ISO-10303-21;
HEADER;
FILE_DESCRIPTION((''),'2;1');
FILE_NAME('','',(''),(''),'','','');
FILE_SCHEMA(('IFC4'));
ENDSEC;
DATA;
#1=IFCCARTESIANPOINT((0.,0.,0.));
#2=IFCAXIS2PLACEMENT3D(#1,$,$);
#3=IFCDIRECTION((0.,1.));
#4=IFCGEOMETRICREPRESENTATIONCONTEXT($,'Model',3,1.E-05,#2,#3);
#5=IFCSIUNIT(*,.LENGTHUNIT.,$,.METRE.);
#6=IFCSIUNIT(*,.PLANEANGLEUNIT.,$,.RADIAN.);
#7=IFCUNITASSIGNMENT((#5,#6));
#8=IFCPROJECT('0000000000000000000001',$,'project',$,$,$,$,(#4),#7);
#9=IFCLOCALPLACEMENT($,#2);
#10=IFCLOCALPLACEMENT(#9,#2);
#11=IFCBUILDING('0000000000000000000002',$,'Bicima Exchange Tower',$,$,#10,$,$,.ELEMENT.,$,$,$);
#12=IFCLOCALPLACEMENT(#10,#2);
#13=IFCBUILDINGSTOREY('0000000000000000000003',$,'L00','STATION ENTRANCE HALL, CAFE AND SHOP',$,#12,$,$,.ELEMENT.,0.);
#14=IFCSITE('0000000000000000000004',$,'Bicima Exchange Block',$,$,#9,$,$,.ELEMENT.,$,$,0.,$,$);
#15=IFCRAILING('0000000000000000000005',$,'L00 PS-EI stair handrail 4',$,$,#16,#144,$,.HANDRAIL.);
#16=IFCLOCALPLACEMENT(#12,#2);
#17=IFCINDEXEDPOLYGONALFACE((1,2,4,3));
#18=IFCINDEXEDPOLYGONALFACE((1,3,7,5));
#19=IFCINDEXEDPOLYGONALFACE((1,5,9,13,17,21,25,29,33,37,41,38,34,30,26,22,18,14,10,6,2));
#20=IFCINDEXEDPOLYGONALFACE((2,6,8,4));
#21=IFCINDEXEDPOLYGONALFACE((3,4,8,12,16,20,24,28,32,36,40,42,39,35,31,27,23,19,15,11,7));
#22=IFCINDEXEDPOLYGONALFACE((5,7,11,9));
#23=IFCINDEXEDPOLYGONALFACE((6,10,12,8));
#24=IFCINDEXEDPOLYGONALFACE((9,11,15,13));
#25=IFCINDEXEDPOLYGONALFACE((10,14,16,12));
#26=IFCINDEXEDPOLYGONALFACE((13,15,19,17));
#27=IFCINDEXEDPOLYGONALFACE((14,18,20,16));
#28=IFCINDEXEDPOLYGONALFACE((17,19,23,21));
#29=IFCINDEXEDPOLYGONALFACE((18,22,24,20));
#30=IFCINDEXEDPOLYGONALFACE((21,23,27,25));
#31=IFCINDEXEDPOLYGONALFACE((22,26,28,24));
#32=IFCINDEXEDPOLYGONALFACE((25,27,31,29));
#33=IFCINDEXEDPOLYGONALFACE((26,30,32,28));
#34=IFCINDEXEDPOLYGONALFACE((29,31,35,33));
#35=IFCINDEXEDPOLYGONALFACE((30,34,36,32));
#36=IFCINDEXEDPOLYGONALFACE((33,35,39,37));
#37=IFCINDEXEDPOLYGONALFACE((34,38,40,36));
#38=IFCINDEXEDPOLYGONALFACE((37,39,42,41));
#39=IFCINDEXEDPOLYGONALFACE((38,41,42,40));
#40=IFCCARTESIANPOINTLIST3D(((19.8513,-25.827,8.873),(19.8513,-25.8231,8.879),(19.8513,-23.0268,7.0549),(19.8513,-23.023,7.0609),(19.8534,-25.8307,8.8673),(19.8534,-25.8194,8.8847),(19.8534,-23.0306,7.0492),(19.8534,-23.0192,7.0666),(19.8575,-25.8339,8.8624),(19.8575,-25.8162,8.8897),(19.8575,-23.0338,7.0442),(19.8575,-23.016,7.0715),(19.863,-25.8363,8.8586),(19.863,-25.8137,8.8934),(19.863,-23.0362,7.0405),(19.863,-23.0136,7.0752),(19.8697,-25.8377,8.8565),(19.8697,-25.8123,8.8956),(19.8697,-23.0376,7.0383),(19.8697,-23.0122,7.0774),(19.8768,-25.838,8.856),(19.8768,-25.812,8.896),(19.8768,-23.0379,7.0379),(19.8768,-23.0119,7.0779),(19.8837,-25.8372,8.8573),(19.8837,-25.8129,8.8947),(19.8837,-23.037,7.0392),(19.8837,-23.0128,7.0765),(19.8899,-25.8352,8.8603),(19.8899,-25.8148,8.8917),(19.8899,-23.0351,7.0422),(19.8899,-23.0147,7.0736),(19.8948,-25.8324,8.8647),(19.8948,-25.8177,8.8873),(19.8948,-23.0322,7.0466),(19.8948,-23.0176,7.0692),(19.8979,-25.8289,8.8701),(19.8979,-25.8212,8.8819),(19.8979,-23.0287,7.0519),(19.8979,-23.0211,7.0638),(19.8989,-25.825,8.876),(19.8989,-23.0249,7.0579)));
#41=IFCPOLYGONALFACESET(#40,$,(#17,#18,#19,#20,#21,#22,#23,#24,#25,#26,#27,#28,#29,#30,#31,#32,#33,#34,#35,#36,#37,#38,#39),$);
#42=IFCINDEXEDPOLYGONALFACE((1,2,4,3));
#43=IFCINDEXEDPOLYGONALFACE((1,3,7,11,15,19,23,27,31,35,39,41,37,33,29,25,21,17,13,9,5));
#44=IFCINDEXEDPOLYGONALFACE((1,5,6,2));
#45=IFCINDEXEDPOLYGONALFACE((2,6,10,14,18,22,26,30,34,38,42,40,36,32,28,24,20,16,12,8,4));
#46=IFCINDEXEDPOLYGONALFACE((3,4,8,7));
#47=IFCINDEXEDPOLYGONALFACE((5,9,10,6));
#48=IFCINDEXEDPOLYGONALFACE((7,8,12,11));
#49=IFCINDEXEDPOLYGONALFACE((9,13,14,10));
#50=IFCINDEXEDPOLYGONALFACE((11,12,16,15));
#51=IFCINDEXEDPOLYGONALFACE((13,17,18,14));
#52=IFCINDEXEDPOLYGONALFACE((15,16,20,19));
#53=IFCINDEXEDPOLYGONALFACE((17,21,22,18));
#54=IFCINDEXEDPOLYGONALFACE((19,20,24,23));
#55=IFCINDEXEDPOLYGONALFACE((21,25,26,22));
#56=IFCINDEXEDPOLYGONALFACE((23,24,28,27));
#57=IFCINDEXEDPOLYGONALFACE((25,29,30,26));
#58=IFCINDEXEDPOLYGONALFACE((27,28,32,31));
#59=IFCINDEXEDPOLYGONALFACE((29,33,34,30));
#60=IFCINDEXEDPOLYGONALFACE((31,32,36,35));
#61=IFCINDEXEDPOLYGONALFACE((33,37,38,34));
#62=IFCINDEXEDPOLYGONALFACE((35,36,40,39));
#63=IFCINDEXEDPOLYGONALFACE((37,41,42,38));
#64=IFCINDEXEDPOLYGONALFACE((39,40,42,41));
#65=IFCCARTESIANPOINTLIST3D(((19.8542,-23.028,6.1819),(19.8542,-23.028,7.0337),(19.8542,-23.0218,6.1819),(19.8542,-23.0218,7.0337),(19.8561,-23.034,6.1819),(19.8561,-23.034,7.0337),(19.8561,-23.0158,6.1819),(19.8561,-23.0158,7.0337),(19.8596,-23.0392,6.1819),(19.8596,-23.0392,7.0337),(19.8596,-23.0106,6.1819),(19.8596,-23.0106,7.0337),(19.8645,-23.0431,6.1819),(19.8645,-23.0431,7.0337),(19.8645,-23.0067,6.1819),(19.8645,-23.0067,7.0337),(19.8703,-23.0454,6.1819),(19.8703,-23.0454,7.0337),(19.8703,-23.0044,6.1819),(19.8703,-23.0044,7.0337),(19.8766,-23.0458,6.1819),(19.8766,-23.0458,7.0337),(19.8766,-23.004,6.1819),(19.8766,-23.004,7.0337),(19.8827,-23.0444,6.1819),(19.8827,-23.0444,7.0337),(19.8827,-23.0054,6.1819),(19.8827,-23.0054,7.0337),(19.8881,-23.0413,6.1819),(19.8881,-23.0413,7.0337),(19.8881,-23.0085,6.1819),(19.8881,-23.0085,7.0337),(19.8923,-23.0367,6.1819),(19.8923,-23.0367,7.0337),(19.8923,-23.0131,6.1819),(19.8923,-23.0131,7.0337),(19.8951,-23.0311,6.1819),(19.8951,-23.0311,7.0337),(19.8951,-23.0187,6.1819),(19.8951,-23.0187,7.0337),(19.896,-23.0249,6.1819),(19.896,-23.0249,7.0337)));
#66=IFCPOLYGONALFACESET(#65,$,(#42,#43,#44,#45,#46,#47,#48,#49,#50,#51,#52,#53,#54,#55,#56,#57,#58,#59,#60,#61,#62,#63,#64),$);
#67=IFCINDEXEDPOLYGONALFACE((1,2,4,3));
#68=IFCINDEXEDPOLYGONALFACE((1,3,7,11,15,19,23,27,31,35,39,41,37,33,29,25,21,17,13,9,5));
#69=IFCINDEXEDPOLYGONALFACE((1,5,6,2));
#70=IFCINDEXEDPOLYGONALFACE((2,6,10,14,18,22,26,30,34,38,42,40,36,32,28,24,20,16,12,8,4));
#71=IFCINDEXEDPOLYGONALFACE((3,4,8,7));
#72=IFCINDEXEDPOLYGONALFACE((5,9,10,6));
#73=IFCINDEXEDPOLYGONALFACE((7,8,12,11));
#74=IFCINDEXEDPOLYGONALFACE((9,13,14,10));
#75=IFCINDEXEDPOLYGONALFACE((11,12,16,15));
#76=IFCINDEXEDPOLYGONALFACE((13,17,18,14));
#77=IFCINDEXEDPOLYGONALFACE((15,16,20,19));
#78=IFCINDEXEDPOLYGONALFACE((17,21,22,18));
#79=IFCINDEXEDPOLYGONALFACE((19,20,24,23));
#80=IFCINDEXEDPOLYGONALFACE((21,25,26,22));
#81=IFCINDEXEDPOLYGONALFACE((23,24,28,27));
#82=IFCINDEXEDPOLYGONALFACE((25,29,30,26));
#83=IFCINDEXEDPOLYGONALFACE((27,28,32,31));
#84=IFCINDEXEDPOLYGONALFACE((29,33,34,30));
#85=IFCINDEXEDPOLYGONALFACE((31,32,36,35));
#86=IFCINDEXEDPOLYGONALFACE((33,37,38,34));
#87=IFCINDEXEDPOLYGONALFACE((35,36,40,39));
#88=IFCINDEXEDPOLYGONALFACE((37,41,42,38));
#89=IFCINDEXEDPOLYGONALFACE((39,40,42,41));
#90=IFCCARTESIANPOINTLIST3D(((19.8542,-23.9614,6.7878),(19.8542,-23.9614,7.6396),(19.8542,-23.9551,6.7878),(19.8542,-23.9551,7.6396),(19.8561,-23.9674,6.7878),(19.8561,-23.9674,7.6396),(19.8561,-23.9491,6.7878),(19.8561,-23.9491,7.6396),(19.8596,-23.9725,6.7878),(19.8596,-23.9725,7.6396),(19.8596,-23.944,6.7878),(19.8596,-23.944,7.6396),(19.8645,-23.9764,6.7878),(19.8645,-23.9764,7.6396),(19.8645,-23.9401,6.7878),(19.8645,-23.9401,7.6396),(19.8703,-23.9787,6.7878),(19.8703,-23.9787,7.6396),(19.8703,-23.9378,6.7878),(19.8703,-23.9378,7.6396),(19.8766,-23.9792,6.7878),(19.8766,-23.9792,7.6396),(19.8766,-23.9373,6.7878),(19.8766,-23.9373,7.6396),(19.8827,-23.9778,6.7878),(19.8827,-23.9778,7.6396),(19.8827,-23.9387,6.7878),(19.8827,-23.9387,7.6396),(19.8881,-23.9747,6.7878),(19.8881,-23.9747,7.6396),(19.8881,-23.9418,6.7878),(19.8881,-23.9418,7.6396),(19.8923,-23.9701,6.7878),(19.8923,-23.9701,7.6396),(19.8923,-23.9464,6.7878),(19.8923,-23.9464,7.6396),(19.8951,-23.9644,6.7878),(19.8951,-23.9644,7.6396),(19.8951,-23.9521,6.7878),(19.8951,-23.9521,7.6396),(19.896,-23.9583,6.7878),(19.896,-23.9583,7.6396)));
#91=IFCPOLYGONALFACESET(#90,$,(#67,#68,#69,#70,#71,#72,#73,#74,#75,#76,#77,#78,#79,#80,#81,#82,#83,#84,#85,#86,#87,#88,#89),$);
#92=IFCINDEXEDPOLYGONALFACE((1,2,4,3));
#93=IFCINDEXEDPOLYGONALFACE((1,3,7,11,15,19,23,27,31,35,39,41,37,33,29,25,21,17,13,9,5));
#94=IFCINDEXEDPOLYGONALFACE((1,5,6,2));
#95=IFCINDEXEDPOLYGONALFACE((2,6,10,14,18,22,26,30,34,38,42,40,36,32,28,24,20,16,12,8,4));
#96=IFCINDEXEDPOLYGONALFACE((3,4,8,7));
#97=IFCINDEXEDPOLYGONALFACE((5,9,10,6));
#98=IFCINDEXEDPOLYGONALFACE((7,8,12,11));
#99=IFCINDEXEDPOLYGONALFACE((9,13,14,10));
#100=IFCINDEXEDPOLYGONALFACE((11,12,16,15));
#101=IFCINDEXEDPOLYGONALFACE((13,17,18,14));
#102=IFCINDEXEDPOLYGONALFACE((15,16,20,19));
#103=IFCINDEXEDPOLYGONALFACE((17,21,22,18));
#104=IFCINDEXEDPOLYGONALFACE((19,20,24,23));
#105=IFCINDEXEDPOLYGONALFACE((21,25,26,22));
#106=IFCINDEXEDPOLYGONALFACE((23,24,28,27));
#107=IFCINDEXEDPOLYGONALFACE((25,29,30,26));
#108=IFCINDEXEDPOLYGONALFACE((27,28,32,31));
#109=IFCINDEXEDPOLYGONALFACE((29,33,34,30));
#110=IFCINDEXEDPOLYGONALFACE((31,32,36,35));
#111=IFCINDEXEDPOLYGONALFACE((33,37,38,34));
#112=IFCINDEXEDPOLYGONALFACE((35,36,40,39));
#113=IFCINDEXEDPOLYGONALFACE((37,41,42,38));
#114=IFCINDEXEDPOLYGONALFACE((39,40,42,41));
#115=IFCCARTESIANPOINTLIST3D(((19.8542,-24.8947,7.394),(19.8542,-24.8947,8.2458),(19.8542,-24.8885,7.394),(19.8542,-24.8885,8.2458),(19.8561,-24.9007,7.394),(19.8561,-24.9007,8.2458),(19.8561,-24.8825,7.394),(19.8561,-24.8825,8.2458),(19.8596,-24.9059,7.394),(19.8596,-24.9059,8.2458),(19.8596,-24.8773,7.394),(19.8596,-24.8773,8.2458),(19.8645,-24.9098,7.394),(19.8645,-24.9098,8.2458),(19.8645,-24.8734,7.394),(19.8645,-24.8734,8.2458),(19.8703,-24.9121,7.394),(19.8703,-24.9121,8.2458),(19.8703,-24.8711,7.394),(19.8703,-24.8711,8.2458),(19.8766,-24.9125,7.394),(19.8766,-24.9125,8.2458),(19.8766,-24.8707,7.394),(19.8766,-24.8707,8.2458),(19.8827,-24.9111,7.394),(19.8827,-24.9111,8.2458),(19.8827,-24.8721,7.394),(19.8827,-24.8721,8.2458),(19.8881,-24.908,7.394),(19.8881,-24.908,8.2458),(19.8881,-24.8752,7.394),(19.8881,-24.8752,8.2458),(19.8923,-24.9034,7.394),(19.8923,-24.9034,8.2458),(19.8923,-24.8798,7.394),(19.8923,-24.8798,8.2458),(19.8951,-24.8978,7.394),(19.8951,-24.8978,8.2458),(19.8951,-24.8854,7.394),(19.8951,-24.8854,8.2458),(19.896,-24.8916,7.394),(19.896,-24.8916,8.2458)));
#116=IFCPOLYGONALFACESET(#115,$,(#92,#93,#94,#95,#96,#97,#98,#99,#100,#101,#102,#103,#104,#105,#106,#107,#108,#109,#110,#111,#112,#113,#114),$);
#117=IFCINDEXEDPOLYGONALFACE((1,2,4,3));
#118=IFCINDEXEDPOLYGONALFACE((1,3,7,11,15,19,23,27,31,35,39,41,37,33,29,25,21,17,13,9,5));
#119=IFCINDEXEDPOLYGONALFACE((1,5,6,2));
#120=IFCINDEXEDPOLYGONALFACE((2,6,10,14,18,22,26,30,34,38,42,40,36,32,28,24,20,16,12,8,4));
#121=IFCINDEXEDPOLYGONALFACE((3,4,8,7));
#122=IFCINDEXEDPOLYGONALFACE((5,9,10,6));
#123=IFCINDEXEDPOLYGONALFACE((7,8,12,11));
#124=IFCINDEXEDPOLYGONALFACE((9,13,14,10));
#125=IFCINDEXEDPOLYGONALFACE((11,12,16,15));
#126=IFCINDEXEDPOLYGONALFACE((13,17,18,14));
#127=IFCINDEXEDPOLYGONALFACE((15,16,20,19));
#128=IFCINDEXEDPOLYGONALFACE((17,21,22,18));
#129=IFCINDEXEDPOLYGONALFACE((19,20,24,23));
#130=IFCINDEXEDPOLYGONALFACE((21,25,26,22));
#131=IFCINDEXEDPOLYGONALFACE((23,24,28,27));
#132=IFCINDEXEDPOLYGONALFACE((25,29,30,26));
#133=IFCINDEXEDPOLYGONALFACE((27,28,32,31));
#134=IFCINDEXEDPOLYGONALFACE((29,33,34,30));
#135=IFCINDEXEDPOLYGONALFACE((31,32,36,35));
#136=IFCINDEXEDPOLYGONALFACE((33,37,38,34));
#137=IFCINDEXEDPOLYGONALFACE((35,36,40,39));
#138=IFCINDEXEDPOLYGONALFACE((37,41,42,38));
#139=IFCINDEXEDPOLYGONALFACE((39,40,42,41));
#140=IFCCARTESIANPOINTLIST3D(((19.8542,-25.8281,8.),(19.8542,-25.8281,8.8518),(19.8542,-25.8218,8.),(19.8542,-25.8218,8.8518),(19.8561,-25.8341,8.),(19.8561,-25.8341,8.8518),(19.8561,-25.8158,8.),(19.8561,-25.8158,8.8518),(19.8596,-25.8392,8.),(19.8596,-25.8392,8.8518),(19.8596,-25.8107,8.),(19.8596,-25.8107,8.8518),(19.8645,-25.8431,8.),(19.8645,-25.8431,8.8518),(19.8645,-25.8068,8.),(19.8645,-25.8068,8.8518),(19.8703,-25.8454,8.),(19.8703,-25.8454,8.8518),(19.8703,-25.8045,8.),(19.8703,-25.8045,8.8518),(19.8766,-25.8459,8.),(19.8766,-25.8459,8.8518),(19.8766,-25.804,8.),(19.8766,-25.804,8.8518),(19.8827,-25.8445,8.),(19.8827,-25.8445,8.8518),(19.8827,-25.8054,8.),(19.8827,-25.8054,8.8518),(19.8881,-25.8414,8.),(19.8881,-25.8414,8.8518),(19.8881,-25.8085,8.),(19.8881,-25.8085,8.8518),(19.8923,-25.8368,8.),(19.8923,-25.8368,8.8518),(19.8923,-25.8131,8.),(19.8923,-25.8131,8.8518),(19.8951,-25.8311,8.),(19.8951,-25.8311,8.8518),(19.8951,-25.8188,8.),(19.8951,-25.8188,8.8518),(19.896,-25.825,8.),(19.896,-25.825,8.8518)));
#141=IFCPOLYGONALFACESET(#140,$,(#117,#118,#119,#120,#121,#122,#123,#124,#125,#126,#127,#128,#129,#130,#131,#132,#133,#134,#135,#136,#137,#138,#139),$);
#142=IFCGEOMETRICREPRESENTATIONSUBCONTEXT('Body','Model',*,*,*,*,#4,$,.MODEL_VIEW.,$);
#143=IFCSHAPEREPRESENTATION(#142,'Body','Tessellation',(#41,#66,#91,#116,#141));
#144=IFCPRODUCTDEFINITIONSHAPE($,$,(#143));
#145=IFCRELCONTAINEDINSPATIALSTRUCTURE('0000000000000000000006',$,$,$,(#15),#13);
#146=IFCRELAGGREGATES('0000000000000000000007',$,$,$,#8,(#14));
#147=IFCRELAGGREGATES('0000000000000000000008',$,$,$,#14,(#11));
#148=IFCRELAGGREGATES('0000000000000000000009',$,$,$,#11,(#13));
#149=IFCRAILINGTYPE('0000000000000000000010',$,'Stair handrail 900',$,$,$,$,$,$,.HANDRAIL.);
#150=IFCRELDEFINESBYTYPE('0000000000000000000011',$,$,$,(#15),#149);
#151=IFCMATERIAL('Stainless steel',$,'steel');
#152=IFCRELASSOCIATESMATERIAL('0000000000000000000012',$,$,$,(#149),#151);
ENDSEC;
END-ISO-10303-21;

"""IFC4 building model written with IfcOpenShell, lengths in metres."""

from ifc_helpers import new_model, si_unit, direction, frame, origin, origin_2d, place, context, subcontext, project, spatial, circle, extrude, material, type_object, element, save


model = new_model("IFC4")

# Units and contexts
model_context = context("Model", 3, precision=1e-05, world=origin(), true_north=direction((0.0, 1.0)))
body_context = subcontext(model_context, "Body", "Model", "MODEL_VIEW")
ifc_project = project(units=[si_unit("LENGTHUNIT", "METRE"), si_unit("PLANEANGLEUNIT", "RADIAN")], contexts=[model_context])

# Site, building, storey
site_placement = place(None, origin())
site = spatial("IfcSite", under=ifc_project, at=site_placement, Name="Bicima Exchange Block", CompositionType="ELEMENT", RefElevation=0.0)
building_placement = place(site_placement, origin())
building = spatial("IfcBuilding", under=site, at=building_placement, Name="Bicima Exchange Tower", CompositionType="ELEMENT")
storey_placement = place(building_placement, origin())
storey = spatial("IfcBuildingStorey", under=building, at=storey_placement, Name="L00", Description="STATION ENTRANCE HALL, CAFE AND SHOP", CompositionType="ELEMENT", Elevation=0.0)

# Shared definitions
ifc_material_1 = material(Name="Stainless steel", Category="steel")

# Railing
railing_type = type_object("IfcRailingType", Name="Stair handrail 900", PredefinedType="HANDRAIL", material=ifc_material_1)
railing_placement = place(storey_placement, frame((19.875, -23.0249, 6.1819)))
element("IfcRailing", 1, at=railing_placement, inside=storey, type_object=railing_type, Name="L00 PS-EI stair handrail 4", PredefinedType="HANDRAIL", context=body_context, shape_type="SweptSolid", body=[
    extrude(circle(Radius=0.0239, at=origin_2d()), frame((0.0, 0.0, 0.876), z_axis=(0.0, -0.838706, 0.544585), x_axis=(1.0, 0.0, 0.0)), (0.0, 0.0, 1.0), 3.3386),
    extrude(circle(Radius=0.021, at=origin_2d()), origin(), (0.0, 0.0, 1.0), 0.8518),
    extrude(circle(Radius=0.021, at=origin_2d()), frame((0.0, -0.9333, 0.606)), (0.0, 0.0, 1.0), 0.8518),
    extrude(circle(Radius=0.021, at=origin_2d()), frame((0.0, -1.8667, 1.2122)), (0.0, 0.0, 1.0), 0.8518),
    extrude(circle(Radius=0.021, at=origin_2d()), frame((0.0, -2.8, 1.8181)), (0.0, 0.0, 1.0), 0.8518),
])

save(model, "model.ifc")
